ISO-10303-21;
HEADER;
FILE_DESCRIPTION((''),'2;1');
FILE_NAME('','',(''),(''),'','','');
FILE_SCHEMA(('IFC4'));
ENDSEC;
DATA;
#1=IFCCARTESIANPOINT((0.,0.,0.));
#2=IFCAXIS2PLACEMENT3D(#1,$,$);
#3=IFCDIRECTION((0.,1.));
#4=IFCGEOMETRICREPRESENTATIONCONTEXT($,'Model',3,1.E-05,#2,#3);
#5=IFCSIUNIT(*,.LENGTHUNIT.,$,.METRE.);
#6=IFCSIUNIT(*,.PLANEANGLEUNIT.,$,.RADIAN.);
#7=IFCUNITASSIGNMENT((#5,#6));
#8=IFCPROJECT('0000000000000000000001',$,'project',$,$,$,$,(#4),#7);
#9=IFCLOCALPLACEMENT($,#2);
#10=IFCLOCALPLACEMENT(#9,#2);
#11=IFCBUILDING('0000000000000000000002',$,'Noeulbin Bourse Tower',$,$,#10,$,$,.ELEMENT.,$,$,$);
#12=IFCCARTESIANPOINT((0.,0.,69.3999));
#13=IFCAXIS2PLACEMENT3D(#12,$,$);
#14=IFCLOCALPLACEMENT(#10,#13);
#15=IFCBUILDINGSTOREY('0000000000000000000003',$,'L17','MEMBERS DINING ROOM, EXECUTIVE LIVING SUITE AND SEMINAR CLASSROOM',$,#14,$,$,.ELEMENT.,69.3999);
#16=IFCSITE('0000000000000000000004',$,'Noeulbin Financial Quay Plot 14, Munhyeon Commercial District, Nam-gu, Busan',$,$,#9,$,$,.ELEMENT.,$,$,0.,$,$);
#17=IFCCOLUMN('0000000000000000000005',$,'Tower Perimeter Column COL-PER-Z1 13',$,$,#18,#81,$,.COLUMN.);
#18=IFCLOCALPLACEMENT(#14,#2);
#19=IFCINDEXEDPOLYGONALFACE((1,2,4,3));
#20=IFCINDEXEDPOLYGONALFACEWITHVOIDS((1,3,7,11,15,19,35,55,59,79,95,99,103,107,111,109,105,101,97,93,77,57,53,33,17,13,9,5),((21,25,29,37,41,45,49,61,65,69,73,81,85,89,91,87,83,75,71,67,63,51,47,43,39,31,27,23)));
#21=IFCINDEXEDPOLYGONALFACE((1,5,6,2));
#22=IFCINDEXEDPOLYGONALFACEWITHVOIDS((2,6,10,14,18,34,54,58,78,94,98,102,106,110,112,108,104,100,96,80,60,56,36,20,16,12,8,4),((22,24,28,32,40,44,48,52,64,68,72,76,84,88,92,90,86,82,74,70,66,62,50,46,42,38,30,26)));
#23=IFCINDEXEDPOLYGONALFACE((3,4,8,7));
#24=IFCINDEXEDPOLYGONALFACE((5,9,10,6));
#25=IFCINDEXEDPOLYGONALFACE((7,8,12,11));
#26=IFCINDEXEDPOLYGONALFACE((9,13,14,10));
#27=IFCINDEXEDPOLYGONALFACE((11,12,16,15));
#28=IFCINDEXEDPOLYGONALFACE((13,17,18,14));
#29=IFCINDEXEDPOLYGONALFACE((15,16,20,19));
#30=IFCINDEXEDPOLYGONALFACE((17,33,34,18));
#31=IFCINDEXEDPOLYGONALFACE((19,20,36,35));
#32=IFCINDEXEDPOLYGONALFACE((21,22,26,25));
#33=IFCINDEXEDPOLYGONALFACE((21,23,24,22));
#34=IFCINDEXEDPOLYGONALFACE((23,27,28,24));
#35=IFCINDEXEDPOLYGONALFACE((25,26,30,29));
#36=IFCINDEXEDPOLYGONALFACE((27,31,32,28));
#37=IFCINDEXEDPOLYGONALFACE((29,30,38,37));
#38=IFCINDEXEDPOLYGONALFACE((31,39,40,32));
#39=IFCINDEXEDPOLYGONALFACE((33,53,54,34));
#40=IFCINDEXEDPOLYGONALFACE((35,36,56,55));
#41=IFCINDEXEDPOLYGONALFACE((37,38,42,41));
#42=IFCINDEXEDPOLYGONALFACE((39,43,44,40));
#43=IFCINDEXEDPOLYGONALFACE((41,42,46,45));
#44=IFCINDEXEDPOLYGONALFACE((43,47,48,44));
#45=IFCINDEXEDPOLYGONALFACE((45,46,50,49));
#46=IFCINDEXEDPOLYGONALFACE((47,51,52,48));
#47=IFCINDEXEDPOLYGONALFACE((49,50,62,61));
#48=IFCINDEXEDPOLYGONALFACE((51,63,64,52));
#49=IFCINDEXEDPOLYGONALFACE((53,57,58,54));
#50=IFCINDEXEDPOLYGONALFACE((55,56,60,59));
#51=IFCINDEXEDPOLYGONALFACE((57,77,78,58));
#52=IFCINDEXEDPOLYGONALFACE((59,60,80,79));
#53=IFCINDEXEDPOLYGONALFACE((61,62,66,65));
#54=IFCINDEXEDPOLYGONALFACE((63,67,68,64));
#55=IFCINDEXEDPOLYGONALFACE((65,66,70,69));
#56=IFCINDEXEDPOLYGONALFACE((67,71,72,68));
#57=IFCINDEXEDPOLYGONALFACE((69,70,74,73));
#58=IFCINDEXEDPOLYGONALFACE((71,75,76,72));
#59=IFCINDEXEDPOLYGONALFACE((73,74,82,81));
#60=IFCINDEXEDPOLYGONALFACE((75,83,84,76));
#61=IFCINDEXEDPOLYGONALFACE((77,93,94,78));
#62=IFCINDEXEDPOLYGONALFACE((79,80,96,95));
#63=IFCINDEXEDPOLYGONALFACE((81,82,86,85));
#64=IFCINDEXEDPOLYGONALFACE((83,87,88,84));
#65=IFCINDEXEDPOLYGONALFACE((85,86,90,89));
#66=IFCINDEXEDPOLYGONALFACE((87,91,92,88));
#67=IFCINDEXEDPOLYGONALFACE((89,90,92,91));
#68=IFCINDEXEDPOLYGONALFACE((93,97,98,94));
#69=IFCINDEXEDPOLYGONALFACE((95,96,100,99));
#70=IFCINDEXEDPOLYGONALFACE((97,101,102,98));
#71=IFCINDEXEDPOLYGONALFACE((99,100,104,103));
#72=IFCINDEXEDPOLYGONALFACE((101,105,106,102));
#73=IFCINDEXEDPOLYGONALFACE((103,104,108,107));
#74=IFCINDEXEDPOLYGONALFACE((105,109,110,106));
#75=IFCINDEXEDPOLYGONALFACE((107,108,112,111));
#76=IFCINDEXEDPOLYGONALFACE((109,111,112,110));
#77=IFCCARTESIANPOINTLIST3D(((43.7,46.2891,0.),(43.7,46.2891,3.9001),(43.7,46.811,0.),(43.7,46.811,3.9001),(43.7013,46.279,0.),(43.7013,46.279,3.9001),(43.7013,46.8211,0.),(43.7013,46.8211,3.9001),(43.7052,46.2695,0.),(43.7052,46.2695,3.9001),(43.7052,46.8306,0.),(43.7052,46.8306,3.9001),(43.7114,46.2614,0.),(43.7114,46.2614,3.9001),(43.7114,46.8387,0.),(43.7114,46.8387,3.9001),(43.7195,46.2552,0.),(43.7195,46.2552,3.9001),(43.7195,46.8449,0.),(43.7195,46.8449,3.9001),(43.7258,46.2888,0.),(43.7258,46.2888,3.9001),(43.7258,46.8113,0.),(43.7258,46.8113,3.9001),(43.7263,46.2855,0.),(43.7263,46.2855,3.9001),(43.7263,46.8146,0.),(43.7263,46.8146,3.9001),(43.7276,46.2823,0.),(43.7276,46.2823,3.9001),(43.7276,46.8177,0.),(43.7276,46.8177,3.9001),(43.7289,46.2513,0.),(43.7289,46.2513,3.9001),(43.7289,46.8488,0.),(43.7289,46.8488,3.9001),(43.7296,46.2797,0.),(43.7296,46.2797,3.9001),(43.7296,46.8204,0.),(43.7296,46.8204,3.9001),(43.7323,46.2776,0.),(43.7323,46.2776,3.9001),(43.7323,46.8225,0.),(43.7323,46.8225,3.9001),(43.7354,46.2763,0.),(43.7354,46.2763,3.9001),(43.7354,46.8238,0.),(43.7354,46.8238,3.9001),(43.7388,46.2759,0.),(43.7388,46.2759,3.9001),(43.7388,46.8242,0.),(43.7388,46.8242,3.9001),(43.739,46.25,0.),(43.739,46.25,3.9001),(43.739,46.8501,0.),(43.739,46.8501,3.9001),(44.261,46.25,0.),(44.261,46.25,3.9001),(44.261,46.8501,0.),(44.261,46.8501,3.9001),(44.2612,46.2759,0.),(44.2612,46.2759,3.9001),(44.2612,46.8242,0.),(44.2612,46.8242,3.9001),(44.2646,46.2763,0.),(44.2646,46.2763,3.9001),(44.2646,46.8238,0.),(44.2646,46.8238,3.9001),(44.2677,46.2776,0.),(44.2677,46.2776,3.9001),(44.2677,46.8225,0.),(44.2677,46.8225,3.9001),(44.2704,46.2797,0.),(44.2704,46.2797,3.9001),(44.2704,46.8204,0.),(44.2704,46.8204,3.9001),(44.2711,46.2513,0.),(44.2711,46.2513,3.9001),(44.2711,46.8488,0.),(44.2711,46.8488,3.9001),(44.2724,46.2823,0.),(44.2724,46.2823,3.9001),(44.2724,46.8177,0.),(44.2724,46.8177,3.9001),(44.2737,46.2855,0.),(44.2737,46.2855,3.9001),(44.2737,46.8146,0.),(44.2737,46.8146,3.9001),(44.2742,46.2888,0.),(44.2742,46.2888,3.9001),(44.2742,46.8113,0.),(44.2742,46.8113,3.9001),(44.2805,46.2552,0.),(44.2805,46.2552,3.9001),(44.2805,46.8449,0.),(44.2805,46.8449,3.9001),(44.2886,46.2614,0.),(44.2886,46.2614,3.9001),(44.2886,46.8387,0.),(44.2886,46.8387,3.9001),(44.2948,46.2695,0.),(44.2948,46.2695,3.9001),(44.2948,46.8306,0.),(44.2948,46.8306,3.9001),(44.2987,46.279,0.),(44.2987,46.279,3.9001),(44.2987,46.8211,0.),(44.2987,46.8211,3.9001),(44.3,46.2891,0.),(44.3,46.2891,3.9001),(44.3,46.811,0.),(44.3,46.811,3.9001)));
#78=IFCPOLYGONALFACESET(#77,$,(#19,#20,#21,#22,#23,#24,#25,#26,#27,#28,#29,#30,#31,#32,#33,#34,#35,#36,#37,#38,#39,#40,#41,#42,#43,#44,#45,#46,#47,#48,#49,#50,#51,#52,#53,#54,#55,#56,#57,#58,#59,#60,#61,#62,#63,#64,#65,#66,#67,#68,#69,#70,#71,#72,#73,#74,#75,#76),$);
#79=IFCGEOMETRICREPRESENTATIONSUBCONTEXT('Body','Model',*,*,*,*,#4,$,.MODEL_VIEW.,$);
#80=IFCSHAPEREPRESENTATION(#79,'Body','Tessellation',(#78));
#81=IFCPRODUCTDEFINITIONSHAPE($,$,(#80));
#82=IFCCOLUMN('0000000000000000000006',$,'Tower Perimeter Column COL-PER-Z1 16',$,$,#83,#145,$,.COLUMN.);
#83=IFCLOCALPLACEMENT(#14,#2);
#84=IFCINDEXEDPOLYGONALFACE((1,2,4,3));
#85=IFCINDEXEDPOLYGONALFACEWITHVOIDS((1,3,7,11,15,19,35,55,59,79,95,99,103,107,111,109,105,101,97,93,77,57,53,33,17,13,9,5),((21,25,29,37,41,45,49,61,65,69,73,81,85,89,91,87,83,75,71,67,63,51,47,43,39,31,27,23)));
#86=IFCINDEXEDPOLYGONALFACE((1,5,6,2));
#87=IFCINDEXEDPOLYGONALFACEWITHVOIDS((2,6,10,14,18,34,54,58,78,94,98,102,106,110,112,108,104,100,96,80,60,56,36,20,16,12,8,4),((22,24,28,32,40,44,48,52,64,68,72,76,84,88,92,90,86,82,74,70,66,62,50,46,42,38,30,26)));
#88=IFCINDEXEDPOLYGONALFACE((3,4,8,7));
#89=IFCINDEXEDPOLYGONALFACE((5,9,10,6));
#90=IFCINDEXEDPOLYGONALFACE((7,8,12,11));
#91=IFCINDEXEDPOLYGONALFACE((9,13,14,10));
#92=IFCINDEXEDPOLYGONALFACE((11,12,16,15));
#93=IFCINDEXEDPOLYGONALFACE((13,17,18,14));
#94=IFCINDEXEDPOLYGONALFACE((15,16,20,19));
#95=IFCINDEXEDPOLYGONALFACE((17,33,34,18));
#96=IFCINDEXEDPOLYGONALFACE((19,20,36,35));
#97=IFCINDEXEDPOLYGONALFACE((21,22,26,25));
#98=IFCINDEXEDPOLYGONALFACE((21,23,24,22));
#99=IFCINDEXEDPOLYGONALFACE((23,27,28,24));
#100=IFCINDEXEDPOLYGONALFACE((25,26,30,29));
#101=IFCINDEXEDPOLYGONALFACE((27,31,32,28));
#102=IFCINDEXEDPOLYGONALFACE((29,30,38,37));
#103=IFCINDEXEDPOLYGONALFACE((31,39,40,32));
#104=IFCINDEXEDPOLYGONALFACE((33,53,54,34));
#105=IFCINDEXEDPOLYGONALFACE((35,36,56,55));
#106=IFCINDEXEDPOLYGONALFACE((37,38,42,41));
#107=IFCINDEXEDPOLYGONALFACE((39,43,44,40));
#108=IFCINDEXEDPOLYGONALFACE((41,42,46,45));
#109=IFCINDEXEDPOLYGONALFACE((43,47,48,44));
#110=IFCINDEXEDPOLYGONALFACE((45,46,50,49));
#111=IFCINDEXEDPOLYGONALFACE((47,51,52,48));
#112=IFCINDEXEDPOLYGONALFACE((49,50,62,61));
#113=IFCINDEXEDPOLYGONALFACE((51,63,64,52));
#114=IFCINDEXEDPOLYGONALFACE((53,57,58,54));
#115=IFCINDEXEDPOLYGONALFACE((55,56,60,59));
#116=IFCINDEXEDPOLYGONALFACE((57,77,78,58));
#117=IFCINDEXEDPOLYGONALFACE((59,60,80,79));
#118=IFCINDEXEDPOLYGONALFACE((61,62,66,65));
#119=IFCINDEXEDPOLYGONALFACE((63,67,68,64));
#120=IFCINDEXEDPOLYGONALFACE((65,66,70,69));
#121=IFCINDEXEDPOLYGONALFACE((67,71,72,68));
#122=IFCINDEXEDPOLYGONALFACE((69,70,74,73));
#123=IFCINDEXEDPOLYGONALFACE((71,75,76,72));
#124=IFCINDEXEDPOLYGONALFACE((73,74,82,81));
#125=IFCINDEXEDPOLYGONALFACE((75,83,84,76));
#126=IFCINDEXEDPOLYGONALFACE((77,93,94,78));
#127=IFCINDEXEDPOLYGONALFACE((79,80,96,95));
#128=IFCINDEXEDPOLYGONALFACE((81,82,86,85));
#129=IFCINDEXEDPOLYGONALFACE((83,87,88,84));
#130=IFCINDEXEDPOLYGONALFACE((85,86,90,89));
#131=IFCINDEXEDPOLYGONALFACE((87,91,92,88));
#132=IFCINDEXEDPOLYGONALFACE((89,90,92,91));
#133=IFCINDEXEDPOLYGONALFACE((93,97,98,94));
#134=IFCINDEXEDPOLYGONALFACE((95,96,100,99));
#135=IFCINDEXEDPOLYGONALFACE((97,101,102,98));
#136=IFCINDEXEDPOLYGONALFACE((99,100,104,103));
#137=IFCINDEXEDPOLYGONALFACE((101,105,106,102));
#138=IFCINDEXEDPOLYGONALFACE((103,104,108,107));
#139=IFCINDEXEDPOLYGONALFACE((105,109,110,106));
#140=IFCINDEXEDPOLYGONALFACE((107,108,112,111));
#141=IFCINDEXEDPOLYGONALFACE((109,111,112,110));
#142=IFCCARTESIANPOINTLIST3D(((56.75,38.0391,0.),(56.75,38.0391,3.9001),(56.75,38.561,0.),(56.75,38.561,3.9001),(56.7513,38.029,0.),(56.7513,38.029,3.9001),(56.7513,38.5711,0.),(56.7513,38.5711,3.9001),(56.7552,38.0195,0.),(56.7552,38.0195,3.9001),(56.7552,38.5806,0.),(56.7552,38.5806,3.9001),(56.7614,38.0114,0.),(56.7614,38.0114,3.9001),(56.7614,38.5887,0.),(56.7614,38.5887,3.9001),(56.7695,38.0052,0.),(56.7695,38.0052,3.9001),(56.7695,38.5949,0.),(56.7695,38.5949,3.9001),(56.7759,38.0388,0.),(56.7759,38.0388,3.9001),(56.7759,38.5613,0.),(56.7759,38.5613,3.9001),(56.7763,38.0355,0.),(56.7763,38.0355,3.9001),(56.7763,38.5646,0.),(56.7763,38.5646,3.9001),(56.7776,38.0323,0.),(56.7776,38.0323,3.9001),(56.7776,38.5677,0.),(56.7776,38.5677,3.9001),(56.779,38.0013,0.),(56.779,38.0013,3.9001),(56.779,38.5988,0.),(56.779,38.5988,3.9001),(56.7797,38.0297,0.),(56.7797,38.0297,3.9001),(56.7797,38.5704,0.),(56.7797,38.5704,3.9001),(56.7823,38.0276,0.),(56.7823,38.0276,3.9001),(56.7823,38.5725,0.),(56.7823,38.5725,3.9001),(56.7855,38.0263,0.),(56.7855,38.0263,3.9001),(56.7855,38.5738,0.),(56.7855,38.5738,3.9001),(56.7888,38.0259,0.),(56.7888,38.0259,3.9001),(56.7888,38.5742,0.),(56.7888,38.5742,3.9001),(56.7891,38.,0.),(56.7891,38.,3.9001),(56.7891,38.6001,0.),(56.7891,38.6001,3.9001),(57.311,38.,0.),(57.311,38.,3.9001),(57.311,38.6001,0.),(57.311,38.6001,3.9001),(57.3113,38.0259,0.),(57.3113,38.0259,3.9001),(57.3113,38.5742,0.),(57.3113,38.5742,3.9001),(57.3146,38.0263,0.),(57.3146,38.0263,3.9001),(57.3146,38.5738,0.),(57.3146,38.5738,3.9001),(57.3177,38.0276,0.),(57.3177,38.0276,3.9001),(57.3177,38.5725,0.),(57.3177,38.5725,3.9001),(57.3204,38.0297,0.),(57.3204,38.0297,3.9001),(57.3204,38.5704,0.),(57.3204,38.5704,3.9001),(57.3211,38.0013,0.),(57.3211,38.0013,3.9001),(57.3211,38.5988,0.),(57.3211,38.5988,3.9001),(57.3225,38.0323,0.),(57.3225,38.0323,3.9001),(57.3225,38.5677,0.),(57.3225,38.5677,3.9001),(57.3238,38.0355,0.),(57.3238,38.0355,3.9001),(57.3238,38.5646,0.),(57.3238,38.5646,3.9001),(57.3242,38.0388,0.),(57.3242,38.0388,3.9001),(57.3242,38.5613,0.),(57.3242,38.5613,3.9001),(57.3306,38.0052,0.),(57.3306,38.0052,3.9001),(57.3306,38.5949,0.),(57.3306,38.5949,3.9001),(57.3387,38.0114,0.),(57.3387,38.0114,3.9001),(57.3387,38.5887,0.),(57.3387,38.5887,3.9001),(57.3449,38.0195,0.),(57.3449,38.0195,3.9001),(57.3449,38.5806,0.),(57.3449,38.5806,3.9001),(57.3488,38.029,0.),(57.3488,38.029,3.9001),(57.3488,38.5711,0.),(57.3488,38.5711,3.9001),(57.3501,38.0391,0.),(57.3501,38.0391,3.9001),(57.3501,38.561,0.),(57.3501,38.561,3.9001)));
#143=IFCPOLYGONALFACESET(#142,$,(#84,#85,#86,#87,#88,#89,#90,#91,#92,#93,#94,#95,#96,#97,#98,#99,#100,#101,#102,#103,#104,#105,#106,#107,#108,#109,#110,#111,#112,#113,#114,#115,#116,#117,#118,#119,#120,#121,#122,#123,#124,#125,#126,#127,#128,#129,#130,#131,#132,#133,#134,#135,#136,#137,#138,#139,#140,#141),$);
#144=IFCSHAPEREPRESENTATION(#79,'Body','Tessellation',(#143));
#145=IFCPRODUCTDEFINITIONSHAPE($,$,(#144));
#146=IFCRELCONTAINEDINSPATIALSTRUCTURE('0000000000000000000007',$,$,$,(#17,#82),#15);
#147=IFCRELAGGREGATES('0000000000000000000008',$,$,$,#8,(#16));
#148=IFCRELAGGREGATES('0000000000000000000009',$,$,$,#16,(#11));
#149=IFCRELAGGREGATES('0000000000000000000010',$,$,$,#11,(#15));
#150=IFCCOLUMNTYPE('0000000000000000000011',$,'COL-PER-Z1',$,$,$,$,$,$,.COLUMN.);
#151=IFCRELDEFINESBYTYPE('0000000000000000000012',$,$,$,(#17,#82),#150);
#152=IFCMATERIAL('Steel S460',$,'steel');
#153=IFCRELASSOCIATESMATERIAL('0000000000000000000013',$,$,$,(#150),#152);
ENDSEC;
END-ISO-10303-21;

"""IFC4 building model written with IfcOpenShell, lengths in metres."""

from ifc_helpers import new_model, si_unit, direction, frame, origin, origin_2d, place, context, subcontext, project, spatial, hollow_rectangle, extrude, material, material_profile, profile_set, type_object, element, save


model = new_model("IFC4")

# Units and contexts
model_context = context("Model", 3, precision=1e-05, world=origin(), true_north=direction((0.0, 1.0)))
body_context = subcontext(model_context, "Body", "Model", "MODEL_VIEW")
ifc_project = project(units=[si_unit("LENGTHUNIT", "METRE"), si_unit("PLANEANGLEUNIT", "RADIAN")], contexts=[model_context])

# Site, building, storey
site_placement = place(None, origin())
site = spatial("IfcSite", under=ifc_project, at=site_placement, Name="Noeulbin Financial Quay Plot 14, Munhyeon Commercial District, Nam-gu, Busan", CompositionType="ELEMENT", RefElevation=0.0)
building_placement = place(site_placement, origin())
building = spatial("IfcBuilding", under=site, at=building_placement, Name="Noeulbin Bourse Tower", CompositionType="ELEMENT")
storey_placement = place(building_placement, frame((0.0, 0.0, 69.3999)))
storey = spatial("IfcBuildingStorey", under=building, at=storey_placement, Name="L17", Description="MEMBERS DINING ROOM, EXECUTIVE LIVING SUITE AND SEMINAR CLASSROOM", CompositionType="ELEMENT", Elevation=69.3999)

# Columns
ifc_material_1 = material(Name="Steel S460", Category="steel")
ifc_material_profile_1 = material_profile(ifc_material_1, hollow_rectangle(XDim=0.6001, YDim=0.6001, WallThickness=0.0259, InnerFilletRadius=0.0129, OuterFilletRadius=0.0391, at=origin_2d()), Name="BOX-600x600x26", Category="LoadBearing")
ifc_profile_set_1 = profile_set([ifc_material_profile_1], Name="Steel S460")
column_type_1 = type_object("IfcColumnType", Name="COL-PER-Z1", PredefinedType="COLUMN", material=ifc_profile_set_1)
for number, where, z_axis, x_axis, name in (
    (1, (44.0, 46.55, 0.0), (0.0, 0.0, 1.0), (1.0, 0.0, 0.0), "Tower Perimeter Column COL-PER-Z1 13"),
    (2, (57.05, 38.3, 0.0), (0.0, 0.0, 1.0), (1.0, 0.0, 0.0), "Tower Perimeter Column COL-PER-Z1 16"),
):
    element("IfcColumn", number, at=place(storey_placement, frame(where, z_axis=z_axis, x_axis=x_axis)), inside=storey, type_object=column_type_1, Name=name, PredefinedType="COLUMN", context=body_context, shape_type="SweptSolid", body=[
        extrude(hollow_rectangle(XDim=0.6001, YDim=0.6001, WallThickness=0.0259, InnerFilletRadius=0.0129, OuterFilletRadius=0.0391, at=origin_2d()), origin(), (0.0, 0.0, 1.0), 3.9001),
    ])

save(model, "model.ifc")
